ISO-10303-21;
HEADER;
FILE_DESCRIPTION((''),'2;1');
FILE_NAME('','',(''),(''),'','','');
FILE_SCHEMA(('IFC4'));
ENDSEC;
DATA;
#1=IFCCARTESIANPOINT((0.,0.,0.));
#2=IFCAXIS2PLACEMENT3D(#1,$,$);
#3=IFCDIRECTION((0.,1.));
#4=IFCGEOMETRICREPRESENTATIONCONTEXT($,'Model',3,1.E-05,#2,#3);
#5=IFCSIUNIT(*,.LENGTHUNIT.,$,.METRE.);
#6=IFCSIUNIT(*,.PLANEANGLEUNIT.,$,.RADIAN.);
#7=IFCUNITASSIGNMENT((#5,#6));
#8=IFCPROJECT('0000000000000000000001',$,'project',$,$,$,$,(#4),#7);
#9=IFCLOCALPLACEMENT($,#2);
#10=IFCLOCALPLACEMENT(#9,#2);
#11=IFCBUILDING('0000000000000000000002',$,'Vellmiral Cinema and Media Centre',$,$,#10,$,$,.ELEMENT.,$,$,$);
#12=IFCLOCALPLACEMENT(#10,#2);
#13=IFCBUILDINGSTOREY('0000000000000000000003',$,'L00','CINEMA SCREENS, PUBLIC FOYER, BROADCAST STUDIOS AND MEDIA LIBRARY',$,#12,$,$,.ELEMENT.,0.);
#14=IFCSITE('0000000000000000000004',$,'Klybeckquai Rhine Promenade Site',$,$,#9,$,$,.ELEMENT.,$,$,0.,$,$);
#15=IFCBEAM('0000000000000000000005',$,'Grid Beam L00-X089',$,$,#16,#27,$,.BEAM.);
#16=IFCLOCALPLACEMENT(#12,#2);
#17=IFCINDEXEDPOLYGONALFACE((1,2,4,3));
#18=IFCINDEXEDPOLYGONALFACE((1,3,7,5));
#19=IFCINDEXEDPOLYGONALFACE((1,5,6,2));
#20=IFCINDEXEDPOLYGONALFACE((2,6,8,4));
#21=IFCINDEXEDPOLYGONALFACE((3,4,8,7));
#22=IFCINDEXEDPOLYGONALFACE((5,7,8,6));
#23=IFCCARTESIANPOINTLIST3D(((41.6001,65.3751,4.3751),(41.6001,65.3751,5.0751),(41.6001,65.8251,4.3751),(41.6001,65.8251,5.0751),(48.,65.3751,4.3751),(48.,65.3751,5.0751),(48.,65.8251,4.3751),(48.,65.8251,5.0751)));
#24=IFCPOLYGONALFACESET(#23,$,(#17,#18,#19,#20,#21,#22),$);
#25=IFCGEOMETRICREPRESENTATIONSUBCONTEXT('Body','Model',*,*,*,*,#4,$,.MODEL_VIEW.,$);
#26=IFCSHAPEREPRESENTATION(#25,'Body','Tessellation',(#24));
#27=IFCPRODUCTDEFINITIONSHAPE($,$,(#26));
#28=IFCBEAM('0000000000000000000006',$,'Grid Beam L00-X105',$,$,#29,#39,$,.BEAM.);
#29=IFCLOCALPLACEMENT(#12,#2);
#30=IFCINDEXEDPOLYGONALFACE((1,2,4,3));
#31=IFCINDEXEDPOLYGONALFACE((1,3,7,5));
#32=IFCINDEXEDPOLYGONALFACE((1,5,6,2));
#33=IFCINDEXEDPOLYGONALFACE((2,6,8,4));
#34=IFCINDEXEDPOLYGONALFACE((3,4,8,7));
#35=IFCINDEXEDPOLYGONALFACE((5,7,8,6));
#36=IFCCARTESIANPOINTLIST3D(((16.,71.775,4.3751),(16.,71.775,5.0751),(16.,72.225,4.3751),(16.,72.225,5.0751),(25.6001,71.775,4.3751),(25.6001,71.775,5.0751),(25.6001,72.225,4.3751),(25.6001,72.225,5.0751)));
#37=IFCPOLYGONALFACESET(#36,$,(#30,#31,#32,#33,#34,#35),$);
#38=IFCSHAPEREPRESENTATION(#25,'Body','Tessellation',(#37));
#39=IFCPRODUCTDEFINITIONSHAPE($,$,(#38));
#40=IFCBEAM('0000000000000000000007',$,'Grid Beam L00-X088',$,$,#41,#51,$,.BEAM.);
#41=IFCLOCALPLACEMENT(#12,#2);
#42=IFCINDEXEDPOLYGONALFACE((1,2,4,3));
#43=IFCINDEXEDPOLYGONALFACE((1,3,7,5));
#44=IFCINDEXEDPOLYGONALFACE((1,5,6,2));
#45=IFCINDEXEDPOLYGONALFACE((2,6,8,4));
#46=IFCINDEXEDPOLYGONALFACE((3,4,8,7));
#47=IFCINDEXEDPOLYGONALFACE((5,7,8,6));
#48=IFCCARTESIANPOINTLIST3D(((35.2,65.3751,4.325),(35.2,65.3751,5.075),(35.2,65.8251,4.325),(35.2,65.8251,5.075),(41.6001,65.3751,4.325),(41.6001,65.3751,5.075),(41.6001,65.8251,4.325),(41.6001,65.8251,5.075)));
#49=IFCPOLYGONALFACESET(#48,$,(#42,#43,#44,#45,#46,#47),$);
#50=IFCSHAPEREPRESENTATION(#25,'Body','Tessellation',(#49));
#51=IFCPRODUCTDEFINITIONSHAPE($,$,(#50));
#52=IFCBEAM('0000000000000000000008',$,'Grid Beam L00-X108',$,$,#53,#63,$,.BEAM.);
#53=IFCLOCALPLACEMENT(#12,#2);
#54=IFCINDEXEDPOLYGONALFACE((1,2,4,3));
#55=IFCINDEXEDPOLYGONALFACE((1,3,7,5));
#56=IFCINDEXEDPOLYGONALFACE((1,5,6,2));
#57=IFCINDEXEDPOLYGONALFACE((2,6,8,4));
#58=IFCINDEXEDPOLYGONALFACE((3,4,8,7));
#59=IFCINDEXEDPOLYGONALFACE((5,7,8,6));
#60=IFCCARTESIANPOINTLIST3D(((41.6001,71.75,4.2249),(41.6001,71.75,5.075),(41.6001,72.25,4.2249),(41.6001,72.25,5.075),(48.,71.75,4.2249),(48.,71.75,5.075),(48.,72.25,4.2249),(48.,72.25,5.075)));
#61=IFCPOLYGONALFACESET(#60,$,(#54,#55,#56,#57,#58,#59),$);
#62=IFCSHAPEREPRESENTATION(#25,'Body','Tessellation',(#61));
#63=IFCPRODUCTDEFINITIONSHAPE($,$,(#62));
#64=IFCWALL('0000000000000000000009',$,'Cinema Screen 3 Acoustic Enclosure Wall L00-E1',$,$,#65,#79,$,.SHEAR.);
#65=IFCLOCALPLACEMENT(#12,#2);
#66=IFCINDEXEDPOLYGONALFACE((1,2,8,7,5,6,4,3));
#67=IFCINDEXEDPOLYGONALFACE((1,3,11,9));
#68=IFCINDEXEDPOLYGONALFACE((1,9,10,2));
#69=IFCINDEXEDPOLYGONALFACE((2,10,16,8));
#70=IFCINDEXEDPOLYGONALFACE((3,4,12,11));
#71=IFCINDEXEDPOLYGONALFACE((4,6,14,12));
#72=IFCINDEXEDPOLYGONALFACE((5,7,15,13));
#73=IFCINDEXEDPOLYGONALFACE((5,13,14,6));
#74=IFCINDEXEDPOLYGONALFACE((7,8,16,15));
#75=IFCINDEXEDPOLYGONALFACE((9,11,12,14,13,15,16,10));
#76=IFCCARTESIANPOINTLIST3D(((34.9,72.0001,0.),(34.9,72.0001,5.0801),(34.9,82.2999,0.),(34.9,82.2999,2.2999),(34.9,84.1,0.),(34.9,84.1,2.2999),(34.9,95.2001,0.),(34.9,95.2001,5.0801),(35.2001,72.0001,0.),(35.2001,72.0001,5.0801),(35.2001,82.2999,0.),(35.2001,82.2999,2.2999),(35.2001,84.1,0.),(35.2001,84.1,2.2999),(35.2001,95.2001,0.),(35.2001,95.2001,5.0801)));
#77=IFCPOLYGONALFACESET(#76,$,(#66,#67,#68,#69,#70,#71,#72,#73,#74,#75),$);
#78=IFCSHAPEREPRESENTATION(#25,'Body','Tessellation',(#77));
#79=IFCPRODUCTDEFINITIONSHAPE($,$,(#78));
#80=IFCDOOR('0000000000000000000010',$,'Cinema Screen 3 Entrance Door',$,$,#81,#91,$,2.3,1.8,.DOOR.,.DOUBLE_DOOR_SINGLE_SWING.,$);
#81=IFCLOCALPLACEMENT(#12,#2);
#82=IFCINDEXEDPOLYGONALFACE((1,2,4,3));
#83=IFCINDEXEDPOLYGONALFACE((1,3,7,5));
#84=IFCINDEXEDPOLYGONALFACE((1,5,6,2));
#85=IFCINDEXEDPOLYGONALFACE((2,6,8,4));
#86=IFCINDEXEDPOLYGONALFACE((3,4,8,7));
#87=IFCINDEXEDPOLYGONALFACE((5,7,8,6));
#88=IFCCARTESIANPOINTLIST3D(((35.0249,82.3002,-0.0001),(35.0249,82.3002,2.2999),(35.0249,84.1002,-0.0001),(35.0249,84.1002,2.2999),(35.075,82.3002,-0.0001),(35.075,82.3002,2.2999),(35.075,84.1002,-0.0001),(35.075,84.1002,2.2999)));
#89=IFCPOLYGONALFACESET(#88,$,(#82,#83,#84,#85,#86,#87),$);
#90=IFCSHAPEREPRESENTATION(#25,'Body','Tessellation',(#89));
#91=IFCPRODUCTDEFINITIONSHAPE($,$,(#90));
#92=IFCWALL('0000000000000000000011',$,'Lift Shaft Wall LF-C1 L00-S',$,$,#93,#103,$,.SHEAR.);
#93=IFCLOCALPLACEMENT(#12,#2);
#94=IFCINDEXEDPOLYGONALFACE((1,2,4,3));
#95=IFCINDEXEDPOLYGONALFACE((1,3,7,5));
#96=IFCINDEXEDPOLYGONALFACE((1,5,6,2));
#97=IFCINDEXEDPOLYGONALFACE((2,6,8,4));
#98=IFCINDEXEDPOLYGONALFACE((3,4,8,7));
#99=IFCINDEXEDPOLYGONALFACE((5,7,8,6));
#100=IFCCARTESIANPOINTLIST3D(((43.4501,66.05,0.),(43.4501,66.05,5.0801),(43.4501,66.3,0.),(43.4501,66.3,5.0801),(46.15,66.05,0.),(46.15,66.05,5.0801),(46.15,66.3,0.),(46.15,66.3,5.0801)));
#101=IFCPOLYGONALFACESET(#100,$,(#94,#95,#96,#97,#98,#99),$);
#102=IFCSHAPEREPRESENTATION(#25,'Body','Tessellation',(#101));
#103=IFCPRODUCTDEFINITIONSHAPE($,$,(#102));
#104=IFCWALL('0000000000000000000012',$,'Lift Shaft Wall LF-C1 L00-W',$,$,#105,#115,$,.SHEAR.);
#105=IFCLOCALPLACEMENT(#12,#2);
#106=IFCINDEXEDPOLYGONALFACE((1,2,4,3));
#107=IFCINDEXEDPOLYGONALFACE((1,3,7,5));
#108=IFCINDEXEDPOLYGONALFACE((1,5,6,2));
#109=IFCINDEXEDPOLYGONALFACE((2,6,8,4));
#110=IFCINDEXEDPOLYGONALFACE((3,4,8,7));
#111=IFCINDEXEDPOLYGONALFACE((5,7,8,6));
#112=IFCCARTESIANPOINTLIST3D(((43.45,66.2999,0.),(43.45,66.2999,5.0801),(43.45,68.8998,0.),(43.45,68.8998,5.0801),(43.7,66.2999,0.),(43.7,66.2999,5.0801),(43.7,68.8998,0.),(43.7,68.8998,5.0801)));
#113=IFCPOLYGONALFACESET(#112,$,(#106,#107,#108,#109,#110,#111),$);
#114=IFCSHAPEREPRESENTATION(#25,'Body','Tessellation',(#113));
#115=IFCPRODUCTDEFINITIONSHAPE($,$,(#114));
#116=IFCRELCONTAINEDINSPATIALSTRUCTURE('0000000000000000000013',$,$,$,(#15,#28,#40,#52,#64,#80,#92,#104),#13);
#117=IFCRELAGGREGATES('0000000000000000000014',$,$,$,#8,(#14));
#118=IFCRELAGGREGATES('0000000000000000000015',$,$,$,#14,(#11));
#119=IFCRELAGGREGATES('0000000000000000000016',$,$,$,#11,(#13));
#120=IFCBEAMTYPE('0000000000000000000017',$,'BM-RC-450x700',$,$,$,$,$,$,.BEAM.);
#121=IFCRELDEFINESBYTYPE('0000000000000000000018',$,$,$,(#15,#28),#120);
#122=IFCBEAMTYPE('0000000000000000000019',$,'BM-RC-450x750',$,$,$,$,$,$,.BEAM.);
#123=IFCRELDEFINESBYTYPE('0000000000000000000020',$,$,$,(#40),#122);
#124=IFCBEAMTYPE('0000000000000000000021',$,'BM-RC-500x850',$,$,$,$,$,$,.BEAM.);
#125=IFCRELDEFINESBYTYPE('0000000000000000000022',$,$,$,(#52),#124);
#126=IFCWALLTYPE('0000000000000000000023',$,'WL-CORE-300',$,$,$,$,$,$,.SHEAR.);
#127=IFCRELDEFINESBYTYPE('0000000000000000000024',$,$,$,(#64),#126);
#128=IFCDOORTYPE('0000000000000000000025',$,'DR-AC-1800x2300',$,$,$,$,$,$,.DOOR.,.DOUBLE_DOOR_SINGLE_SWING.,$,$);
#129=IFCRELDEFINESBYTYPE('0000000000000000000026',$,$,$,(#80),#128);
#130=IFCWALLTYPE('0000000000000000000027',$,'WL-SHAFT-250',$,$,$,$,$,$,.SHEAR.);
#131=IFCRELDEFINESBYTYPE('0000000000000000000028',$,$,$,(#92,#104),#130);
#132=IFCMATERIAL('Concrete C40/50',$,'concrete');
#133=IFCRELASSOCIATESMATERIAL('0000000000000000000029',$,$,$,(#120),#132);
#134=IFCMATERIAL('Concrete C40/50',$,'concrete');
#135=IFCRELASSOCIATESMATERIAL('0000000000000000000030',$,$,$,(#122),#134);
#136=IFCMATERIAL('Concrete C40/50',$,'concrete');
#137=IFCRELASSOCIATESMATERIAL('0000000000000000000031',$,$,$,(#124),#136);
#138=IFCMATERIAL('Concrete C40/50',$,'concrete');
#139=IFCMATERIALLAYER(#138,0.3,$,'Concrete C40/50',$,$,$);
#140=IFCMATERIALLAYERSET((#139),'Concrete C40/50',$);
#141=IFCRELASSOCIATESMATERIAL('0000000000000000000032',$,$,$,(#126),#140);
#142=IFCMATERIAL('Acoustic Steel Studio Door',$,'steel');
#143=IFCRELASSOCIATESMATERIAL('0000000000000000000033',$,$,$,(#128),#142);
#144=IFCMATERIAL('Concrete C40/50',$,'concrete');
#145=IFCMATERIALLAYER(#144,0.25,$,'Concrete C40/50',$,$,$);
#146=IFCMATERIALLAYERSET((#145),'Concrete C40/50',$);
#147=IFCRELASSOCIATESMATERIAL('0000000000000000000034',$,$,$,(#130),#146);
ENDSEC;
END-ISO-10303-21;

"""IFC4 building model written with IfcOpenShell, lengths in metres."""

from ifc_helpers import new_model, si_unit, direction, frame, frame_2d, origin, origin_2d, place, context, subcontext, project, spatial, rectangle, extrude, material, layer, layer_set, material_profile, profile_set, type_object, element, fill, save


model = new_model("IFC4")

# Units and contexts
model_context = context("Model", 3, precision=1e-05, world=origin(), true_north=direction((0.0, 1.0)))
body_context = subcontext(model_context, "Body", "Model", "MODEL_VIEW")
ifc_project = project(units=[si_unit("LENGTHUNIT", "METRE"), si_unit("PLANEANGLEUNIT", "RADIAN")], contexts=[model_context])

# Site, building, storey
site_placement = place(None, origin())
site = spatial("IfcSite", under=ifc_project, at=site_placement, Name="Klybeckquai Rhine Promenade Site", CompositionType="ELEMENT", RefElevation=0.0)
building_placement = place(site_placement, origin())
building = spatial("IfcBuilding", under=site, at=building_placement, Name="Vellmiral Cinema and Media Centre", CompositionType="ELEMENT")
storey_placement = place(building_placement, origin())
storey = spatial("IfcBuildingStorey", under=building, at=storey_placement, Name="L00", Description="CINEMA SCREENS, PUBLIC FOYER, BROADCAST STUDIOS AND MEDIA LIBRARY", CompositionType="ELEMENT", Elevation=0.0)

# Beams
ifc_material_1 = material(Name="Concrete C40/50", Category="concrete")
ifc_material_profile_1 = material_profile(ifc_material_1, rectangle(XDim=0.45, YDim=0.7, at=origin_2d()), Name="RC 450x700")
ifc_profile_set_1 = profile_set([ifc_material_profile_1], Name="Concrete C40/50")
beam_type_1 = type_object("IfcBeamType", Name="BM-RC-450x700", PredefinedType="BEAM", material=ifc_profile_set_1)
beam_1_placement = place(storey_placement, frame((41.6001, 65.6001, 4.7251), z_axis=(1.0, 0.0, 0.0), x_axis=(0.0, 1.0, 0.0)))
element("IfcBeam", 1, at=beam_1_placement, inside=storey, type_object=beam_type_1, Name="Grid Beam L00-X089", PredefinedType="BEAM", context=body_context, shape_type="SweptSolid", body=[
    extrude(rectangle(XDim=0.45, YDim=0.7, at=origin_2d()), origin(), (0.0, 0.0, 1.0), 6.3999),
])
beam_2_placement = place(storey_placement, frame((16.0, 72.0, 4.7251), z_axis=(1.0, 0.0, 0.0), x_axis=(0.0, 1.0, 0.0)))
element("IfcBeam", 2, at=beam_2_placement, inside=storey, type_object=beam_type_1, Name="Grid Beam L00-X105", PredefinedType="BEAM", context=body_context, shape_type="SweptSolid", body=[
    extrude(rectangle(XDim=0.45, YDim=0.7, at=origin_2d()), origin(), (0.0, 0.0, 1.0), 9.6001),
])
ifc_material_2 = material(Name="Concrete C40/50", Category="concrete")
ifc_material_profile_2 = material_profile(ifc_material_2, rectangle(XDim=0.45, YDim=0.75, at=origin_2d()), Name="RC 450x750")
ifc_profile_set_2 = profile_set([ifc_material_profile_2], Name="Concrete C40/50")
beam_type_2 = type_object("IfcBeamType", Name="BM-RC-450x750", PredefinedType="BEAM", material=ifc_profile_set_2)
beam_3_placement = place(storey_placement, frame((35.2, 65.6001, 4.7), z_axis=(1.0, 0.0, 0.0), x_axis=(0.0, 1.0, 0.0)))
element("IfcBeam", 3, at=beam_3_placement, inside=storey, type_object=beam_type_2, Name="Grid Beam L00-X088", PredefinedType="BEAM", context=body_context, shape_type="SweptSolid", body=[
    extrude(rectangle(XDim=0.45, YDim=0.75, at=origin_2d()), origin(), (0.0, 0.0, 1.0), 6.4001),
])
ifc_material_3 = material(Name="Concrete C40/50", Category="concrete")
ifc_material_profile_3 = material_profile(ifc_material_3, rectangle(XDim=0.5, YDim=0.8501, at=origin_2d()), Name="RC 500x850")
ifc_profile_set_3 = profile_set([ifc_material_profile_3], Name="Concrete C40/50")
beam_type_3 = type_object("IfcBeamType", Name="BM-RC-500x850", PredefinedType="BEAM", material=ifc_profile_set_3)
beam_4_placement = place(storey_placement, frame((41.6001, 72.0, 4.6499), z_axis=(1.0, 0.0, 0.0), x_axis=(0.0, 1.0, 0.0)))
element("IfcBeam", 4, at=beam_4_placement, inside=storey, type_object=beam_type_3, Name="Grid Beam L00-X108", PredefinedType="BEAM", context=body_context, shape_type="SweptSolid", body=[
    extrude(rectangle(XDim=0.5, YDim=0.8501, at=origin_2d()), origin(), (0.0, 0.0, 1.0), 6.3999),
])

# Wall, opening, door
ifc_material_4 = material(Name="Concrete C40/50", Category="concrete")
ifc_layer_1 = layer(ifc_material_4, 0.3, Name="Concrete C40/50")
ifc_layer_set_1 = layer_set([ifc_layer_1], Name="Concrete C40/50")
wall_type_1 = type_object("IfcWallType", Name="WL-CORE-300", PredefinedType="SHEAR", material=ifc_layer_set_1)
wall_1_placement = place(storey_placement, frame((35.05, 72.0, 0.0), z_axis=(0.0, 0.0, 1.0), x_axis=(0.0, 1.0, 0.0)))
wall_1 = element("IfcWall", 5, at=wall_1_placement, inside=storey, type_object=wall_type_1, Name="Cinema Screen 3 Acoustic Enclosure Wall L00-E1", PredefinedType="SHEAR", context=body_context, shape_type="SweptSolid", body=[
    extrude(rectangle(XDim=23.2, YDim=0.3, at=frame_2d((11.6001, 0.0))), origin(), (0.0, 0.0, 1.0), 5.0801),
])
opening_1_placement = place(wall_1_placement, frame((10.3, 0.0, 0.0)))
opening_1 = element("IfcOpeningElement", 6, at=opening_1_placement, cuts=wall_1, PredefinedType="OPENING", context=body_context, shape_type="SweptSolid", body=[
    extrude(rectangle(XDim=1.8, YDim=2.3, at=frame_2d((0.8999, 1.1499))), frame((0.0, 0.1621, 0.0), z_axis=(0.0, -1.0, 0.0), x_axis=(1.0, 0.0, 0.0)), (0.0, 0.0, 1.0), 0.324),
])
ifc_material_5 = material(Name="Acoustic Steel Studio Door", Category="steel")
door_type_1 = type_object("IfcDoorType", Name="DR-AC-1800x2300", OperationType="DOUBLE_DOOR_SINGLE_SWING", PredefinedType="DOOR", material=ifc_material_5)
door_1_placement = place(opening_1_placement, frame((1.8, 0.0, 0.0), z_axis=(0.0, 0.0, 1.0), x_axis=(-1.0, 0.0, 0.0)))
door_1 = element("IfcDoor", 7, at=door_1_placement, inside=storey, type_object=door_type_1, Name="Cinema Screen 3 Entrance Door", OperationType="DOUBLE_DOOR_SINGLE_SWING", OverallHeight=2.3, OverallWidth=1.8, PredefinedType="DOOR", context=body_context, shape_type="SweptSolid", body=[
    extrude(rectangle(XDim=1.8, YDim=2.3, at=frame_2d((0.8999, 1.1499))), frame((0.0, 0.0249, 0.0), z_axis=(0.0, -1.0, 0.0), x_axis=(1.0, 0.0, 0.0)), (0.0, 0.0, 1.0), 0.05),
])
fill(opening_1, door_1)

# Wall
ifc_material_6 = material(Name="Concrete C40/50", Category="concrete")
ifc_layer_2 = layer(ifc_material_6, 0.25, Name="Concrete C40/50")
ifc_layer_set_2 = layer_set([ifc_layer_2], Name="Concrete C40/50")
wall_type_2 = type_object("IfcWallType", Name="WL-SHAFT-250", PredefinedType="SHEAR", material=ifc_layer_set_2)
wall_2_placement = place(storey_placement, frame((43.45, 66.175, 0.0), z_axis=(0.0, 0.0, 1.0), x_axis=(1.0, 0.0, 0.0)))
element("IfcWall", 8, at=wall_2_placement, inside=storey, type_object=wall_type_2, Name="Lift Shaft Wall LF-C1 L00-S", PredefinedType="SHEAR", context=body_context, shape_type="SweptSolid", body=[
    extrude(rectangle(XDim=2.7, YDim=0.25, at=frame_2d((1.3501, 0.0))), origin(), (0.0, 0.0, 1.0), 5.0801),
])

# Wall
wall_3_placement = place(storey_placement, frame((43.575, 66.3, 0.0), z_axis=(0.0, 0.0, 1.0), x_axis=(0.0, 1.0, 0.0)))
element("IfcWall", 9, at=wall_3_placement, inside=storey, type_object=wall_type_2, Name="Lift Shaft Wall LF-C1 L00-W", PredefinedType="SHEAR", context=body_context, shape_type="SweptSolid", body=[
    extrude(rectangle(XDim=2.5999, YDim=0.25, at=frame_2d((1.2998, 0.0))), origin(), (0.0, 0.0, 1.0), 5.0801),
])

save(model, "model.ifc")
